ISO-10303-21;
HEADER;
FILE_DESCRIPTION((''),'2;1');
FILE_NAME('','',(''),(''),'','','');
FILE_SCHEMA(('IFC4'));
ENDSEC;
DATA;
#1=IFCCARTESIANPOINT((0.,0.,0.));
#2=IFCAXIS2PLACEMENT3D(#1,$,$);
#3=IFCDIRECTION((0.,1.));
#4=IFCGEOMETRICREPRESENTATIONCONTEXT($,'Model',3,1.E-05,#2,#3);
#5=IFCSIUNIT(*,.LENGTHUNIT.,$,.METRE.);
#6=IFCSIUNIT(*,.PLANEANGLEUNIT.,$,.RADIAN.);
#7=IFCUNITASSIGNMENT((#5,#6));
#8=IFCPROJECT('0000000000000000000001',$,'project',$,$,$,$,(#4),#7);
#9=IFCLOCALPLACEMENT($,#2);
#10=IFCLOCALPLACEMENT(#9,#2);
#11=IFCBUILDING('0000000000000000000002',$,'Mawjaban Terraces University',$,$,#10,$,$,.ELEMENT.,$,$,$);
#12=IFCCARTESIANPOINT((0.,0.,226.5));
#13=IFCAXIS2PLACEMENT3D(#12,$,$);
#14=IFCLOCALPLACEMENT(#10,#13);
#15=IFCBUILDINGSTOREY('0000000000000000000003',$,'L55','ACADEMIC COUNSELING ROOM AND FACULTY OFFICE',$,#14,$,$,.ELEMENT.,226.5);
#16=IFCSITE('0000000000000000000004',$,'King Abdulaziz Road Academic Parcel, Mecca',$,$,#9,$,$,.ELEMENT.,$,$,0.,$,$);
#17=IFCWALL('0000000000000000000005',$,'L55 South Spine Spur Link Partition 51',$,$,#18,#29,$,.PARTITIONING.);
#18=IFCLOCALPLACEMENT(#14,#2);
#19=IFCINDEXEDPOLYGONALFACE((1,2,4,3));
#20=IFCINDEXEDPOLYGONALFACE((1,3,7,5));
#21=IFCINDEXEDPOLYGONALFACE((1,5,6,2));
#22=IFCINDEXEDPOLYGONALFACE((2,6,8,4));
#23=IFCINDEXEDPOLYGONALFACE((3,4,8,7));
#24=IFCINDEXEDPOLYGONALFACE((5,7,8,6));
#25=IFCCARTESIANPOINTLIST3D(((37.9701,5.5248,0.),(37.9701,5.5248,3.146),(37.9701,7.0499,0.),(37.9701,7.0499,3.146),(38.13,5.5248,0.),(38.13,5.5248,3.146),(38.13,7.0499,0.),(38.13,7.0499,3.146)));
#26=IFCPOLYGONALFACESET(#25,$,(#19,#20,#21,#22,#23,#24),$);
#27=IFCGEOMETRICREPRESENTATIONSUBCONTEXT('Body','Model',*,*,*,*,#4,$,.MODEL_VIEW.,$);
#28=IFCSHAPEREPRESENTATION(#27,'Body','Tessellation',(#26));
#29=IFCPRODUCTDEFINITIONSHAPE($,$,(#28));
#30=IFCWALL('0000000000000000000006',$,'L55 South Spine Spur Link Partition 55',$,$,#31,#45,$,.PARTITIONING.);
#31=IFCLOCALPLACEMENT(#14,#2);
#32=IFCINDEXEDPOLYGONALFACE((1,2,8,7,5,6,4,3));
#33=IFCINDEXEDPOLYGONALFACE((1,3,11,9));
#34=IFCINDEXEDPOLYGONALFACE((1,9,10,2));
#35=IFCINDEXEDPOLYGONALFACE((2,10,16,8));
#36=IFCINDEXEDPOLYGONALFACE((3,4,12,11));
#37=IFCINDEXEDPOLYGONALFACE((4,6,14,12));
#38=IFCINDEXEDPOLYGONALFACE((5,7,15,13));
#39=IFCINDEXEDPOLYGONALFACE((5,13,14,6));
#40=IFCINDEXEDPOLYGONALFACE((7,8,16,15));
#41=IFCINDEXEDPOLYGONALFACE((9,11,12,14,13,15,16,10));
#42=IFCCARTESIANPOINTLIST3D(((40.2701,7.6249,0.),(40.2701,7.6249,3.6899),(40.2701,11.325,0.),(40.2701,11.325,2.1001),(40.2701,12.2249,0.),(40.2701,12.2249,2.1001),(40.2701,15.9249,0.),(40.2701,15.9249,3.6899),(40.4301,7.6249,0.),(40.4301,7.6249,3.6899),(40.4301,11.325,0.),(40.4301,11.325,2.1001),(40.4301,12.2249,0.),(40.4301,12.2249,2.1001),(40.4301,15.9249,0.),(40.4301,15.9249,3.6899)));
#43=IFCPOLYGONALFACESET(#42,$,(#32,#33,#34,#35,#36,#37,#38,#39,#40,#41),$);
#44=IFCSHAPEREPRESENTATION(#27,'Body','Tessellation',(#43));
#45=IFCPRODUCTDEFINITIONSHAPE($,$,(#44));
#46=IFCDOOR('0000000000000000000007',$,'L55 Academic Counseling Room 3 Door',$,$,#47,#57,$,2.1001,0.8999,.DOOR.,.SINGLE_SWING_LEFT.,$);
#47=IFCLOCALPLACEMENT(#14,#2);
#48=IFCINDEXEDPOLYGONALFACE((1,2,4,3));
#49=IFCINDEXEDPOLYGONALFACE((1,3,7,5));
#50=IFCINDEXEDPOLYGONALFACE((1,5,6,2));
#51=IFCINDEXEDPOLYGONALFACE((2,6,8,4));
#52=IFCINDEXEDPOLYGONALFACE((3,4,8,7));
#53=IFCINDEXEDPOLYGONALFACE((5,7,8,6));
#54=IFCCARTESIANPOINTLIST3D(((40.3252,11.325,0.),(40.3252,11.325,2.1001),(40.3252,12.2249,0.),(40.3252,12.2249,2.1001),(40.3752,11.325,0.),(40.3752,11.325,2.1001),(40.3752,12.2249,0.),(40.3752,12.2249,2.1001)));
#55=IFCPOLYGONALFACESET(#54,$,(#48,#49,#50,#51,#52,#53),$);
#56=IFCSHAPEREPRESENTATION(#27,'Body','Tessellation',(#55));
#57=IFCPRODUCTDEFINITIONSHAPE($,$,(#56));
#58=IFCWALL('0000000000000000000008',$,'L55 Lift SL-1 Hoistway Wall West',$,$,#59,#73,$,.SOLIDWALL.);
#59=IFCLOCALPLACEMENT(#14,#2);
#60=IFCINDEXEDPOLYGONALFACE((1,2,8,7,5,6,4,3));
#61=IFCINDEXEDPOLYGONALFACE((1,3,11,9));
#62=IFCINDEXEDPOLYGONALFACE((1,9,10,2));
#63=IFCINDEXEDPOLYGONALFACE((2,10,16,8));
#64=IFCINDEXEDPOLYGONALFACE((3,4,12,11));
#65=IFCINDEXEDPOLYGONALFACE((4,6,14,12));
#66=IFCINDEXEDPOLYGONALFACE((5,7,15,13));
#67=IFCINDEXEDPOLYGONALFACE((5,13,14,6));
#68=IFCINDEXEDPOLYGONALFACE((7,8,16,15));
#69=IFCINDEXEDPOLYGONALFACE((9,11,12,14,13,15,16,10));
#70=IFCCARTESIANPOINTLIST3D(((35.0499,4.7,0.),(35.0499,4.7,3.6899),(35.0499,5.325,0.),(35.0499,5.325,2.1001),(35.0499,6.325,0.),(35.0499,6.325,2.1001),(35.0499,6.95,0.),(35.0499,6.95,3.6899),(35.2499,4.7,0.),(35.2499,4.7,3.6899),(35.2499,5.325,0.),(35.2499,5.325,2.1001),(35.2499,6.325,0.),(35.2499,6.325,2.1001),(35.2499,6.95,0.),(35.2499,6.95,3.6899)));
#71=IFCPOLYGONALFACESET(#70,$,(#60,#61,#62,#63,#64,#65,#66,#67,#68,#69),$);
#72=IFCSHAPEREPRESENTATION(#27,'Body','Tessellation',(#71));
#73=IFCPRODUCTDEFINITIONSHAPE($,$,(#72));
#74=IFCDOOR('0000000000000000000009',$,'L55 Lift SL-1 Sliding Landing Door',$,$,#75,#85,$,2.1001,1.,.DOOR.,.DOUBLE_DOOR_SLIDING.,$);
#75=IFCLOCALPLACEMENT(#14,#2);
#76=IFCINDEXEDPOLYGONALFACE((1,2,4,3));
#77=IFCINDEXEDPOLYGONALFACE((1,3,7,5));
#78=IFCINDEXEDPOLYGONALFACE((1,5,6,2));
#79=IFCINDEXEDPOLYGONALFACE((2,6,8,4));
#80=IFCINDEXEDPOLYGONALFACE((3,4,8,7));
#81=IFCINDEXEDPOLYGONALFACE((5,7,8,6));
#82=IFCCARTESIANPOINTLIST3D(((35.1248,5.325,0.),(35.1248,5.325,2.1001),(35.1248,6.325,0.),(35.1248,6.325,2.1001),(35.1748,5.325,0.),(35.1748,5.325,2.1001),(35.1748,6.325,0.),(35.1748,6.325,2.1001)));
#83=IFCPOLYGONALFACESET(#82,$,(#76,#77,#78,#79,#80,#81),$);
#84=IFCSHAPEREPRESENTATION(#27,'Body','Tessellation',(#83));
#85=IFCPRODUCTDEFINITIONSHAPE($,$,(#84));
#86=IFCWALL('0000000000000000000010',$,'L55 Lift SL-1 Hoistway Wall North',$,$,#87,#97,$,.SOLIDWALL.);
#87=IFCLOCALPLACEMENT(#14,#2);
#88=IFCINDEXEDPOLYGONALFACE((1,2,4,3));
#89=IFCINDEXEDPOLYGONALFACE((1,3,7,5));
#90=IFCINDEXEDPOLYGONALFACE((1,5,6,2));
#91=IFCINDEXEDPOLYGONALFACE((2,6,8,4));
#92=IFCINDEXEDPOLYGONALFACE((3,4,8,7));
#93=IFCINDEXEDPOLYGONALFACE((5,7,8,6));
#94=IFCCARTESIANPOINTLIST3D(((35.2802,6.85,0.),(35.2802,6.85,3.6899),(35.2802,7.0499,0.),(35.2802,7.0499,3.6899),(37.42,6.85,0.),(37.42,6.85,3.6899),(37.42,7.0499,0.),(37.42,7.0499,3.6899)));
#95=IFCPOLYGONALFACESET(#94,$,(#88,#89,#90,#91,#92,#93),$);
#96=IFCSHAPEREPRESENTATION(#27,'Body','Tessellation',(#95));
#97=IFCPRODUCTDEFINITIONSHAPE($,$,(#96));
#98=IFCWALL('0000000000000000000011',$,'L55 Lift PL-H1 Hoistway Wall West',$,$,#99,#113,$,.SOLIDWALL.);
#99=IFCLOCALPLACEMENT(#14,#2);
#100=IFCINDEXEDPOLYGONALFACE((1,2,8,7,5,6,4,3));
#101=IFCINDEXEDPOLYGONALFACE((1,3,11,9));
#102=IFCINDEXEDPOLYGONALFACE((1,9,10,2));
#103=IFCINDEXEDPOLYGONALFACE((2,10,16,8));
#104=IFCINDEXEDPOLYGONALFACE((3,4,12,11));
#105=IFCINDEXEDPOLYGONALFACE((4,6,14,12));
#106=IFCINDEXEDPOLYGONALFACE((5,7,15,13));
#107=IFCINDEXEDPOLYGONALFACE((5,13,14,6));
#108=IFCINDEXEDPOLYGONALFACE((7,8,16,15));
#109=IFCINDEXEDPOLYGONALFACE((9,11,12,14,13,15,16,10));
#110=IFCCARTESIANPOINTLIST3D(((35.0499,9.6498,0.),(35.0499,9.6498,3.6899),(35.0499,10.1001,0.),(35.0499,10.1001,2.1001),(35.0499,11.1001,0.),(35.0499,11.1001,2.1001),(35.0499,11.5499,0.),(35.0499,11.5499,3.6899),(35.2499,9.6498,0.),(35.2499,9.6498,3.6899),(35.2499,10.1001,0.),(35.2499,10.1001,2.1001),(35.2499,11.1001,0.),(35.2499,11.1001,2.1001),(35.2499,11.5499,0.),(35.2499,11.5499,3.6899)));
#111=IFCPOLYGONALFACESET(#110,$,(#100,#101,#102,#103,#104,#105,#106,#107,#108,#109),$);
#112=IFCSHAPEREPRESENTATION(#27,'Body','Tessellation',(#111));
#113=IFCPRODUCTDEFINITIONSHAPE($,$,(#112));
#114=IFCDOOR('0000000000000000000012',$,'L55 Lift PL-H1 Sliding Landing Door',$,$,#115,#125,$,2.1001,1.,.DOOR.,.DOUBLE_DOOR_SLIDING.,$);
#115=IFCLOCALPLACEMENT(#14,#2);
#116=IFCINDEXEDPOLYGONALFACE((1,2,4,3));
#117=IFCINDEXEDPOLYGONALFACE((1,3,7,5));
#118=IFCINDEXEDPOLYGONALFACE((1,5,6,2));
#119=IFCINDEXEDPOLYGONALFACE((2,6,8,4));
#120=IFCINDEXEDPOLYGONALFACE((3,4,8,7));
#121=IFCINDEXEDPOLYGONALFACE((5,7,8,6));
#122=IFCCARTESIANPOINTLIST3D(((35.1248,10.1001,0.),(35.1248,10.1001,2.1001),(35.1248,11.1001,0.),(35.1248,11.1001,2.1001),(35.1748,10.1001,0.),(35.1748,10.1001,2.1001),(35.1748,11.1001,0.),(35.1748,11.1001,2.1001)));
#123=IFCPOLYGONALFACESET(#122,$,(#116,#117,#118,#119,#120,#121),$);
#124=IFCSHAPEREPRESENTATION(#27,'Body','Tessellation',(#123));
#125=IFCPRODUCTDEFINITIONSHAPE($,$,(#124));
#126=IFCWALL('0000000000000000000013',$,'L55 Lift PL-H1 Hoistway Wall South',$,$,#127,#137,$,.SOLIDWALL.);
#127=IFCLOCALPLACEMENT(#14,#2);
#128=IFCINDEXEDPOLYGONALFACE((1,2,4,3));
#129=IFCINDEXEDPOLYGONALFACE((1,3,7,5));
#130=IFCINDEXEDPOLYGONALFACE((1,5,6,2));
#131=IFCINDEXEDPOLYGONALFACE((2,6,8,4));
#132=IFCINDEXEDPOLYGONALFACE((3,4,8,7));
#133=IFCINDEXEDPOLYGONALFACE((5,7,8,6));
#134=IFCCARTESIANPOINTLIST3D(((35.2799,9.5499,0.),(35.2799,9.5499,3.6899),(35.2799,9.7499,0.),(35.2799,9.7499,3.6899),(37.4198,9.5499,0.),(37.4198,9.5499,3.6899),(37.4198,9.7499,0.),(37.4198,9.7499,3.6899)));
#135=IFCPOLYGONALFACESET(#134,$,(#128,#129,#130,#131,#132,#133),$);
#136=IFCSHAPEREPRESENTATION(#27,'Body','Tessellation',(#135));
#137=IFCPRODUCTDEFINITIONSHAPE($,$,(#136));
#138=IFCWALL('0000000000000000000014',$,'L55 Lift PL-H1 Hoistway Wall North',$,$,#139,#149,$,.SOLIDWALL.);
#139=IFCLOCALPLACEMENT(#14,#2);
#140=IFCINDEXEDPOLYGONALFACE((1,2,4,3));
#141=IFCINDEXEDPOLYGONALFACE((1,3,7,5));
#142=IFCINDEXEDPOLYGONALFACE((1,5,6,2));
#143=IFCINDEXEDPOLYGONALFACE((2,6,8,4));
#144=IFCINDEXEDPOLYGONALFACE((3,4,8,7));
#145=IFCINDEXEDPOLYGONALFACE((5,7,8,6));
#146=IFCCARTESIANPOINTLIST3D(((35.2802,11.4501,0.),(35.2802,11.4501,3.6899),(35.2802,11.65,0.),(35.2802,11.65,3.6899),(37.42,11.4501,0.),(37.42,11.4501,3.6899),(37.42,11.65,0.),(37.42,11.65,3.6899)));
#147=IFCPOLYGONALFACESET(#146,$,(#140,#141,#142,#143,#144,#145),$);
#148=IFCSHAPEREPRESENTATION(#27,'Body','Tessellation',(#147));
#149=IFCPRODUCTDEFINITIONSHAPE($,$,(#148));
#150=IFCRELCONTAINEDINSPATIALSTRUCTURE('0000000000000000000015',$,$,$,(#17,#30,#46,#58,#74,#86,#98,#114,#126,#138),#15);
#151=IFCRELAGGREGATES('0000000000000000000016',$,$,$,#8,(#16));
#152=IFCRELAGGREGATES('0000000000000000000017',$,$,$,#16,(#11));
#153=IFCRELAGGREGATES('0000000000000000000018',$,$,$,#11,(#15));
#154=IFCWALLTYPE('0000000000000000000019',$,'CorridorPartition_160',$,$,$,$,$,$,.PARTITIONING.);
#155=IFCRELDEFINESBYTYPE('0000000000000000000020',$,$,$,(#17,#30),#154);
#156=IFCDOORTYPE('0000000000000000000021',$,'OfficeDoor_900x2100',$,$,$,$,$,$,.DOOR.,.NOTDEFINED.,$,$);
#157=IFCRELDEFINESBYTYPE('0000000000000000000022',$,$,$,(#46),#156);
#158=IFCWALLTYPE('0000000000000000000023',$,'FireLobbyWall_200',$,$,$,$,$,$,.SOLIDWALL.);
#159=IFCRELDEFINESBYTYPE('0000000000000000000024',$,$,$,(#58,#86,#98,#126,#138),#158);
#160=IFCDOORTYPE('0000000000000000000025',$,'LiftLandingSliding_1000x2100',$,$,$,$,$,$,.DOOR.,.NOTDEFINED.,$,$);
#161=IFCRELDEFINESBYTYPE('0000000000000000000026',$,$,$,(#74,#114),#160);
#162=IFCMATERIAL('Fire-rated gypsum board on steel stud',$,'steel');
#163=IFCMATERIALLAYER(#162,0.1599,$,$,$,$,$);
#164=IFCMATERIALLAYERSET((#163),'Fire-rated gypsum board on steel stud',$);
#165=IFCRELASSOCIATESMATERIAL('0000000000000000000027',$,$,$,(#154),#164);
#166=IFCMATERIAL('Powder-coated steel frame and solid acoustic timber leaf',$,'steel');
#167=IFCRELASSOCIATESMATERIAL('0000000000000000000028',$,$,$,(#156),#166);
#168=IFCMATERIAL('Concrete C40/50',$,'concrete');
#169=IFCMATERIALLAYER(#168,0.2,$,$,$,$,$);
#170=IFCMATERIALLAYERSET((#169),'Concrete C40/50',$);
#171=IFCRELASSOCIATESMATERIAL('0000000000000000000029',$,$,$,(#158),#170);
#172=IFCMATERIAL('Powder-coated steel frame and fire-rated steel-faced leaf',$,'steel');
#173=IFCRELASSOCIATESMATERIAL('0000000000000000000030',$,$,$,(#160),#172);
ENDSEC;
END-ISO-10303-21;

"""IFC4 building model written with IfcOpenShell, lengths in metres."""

from ifc_helpers import new_model, si_unit, direction, frame, frame_2d, origin, place, context, subcontext, project, spatial, rectangle, extrude, material, layer, layer_set, type_object, element, fill, save


model = new_model("IFC4")

# Units and contexts
model_context = context("Model", 3, precision=1e-05, world=origin(), true_north=direction((0.0, 1.0)))
body_context = subcontext(model_context, "Body", "Model", "MODEL_VIEW")
ifc_project = project(units=[si_unit("LENGTHUNIT", "METRE"), si_unit("PLANEANGLEUNIT", "RADIAN")], contexts=[model_context])

# Site, building, storey
site_placement = place(None, origin())
site = spatial("IfcSite", under=ifc_project, at=site_placement, Name="King Abdulaziz Road Academic Parcel, Mecca", CompositionType="ELEMENT", RefElevation=0.0)
building_placement = place(site_placement, origin())
building = spatial("IfcBuilding", under=site, at=building_placement, Name="Mawjaban Terraces University", CompositionType="ELEMENT")
storey_placement = place(building_placement, frame((0.0, 0.0, 226.5)))
storey = spatial("IfcBuildingStorey", under=building, at=storey_placement, Name="L55", Description="ACADEMIC COUNSELING ROOM AND FACULTY OFFICE", CompositionType="ELEMENT", Elevation=226.5)

# Shared definitions
ifc_material_1 = material(Name="Fire-rated gypsum board on steel stud", Category="steel")
ifc_layer_1 = layer(ifc_material_1, 0.1599)
ifc_layer_set_1 = layer_set([ifc_layer_1], Name="Fire-rated gypsum board on steel stud")
wall_type_1 = type_object("IfcWallType", Name="CorridorPartition_160", PredefinedType="PARTITIONING", material=ifc_layer_set_1)
ifc_material_2 = material(Name="Powder-coated steel frame and solid acoustic timber leaf", Category="steel")
door_type_1 = type_object("IfcDoorType", Name="OfficeDoor_900x2100", OperationType="NOTDEFINED", PredefinedType="DOOR", material=ifc_material_2)

# Wall
wall_1_placement = place(storey_placement, frame((38.05, 7.05, 0.0), z_axis=(0.0, 0.0, 1.0), x_axis=(0.0, -1.0, 0.0)))
element("IfcWall", 1, at=wall_1_placement, inside=storey, type_object=wall_type_1, Name="L55 South Spine Spur Link Partition 51", PredefinedType="PARTITIONING", context=body_context, shape_type="SweptSolid", body=[
    extrude(rectangle(XDim=1.5251, YDim=0.1599, at=frame_2d((0.7627, 0.0))), origin(), (0.0, 0.0, 1.0), 3.146),
])

# Walls, openings, doors
wall_2_placement = place(storey_placement, frame((40.3501, 7.625, 0.0), z_axis=(0.0, 0.0, 1.0), x_axis=(0.0, 1.0, 0.0)))
wall_2 = element("IfcWall", 2, at=wall_2_placement, inside=storey, type_object=wall_type_1, Name="L55 South Spine Spur Link Partition 55", PredefinedType="PARTITIONING", context=body_context, shape_type="SweptSolid", body=[
    extrude(rectangle(XDim=8.3, YDim=0.1599, at=frame_2d((4.1499, 0.0))), origin(), (0.0, 0.0, 1.0), 3.6899),
])
opening_1_placement = place(wall_2_placement, frame((3.7, 0.0, 0.0)))
opening_1 = element("IfcOpeningElement", 3, at=opening_1_placement, cuts=wall_2, PredefinedType="OPENING", context=body_context, shape_type="SweptSolid", body=[
    extrude(rectangle(XDim=0.8999, YDim=2.1001, at=frame_2d((0.45, 1.05))), frame((0.0, 0.0898, 0.0), z_axis=(0.0, -1.0, 0.0), x_axis=(1.0, 0.0, 0.0)), (0.0, 0.0, 1.0), 0.1799),
])
door_1_placement = place(opening_1_placement, origin())
door_1 = element("IfcDoor", 4, at=door_1_placement, inside=storey, type_object=door_type_1, Name="L55 Academic Counseling Room 3 Door", OperationType="SINGLE_SWING_LEFT", OverallHeight=2.1001, OverallWidth=0.8999, PredefinedType="DOOR", context=body_context, shape_type="SweptSolid", body=[
    extrude(rectangle(XDim=0.8999, YDim=2.1001, at=frame_2d((0.45, 1.05))), frame((0.0, 0.0249, 0.0), z_axis=(0.0, -1.0, 0.0), x_axis=(1.0, 0.0, 0.0)), (0.0, 0.0, 1.0), 0.05),
])
fill(opening_1, door_1)
ifc_material_3 = material(Name="Concrete C40/50", Category="concrete")
ifc_layer_2 = layer(ifc_material_3, 0.2)
ifc_layer_set_2 = layer_set([ifc_layer_2], Name="Concrete C40/50")
wall_type_2 = type_object("IfcWallType", Name="FireLobbyWall_200", PredefinedType="SOLIDWALL", material=ifc_layer_set_2)
wall_3_placement = place(storey_placement, frame((35.1499, 6.95, 0.0), z_axis=(0.0, 0.0, 1.0), x_axis=(0.0, -1.0, 0.0)))
wall_3 = element("IfcWall", 5, at=wall_3_placement, inside=storey, type_object=wall_type_2, Name="L55 Lift SL-1 Hoistway Wall West", PredefinedType="SOLIDWALL", context=body_context, shape_type="SweptSolid", body=[
    extrude(rectangle(XDim=2.25, YDim=0.2, at=frame_2d((1.125, 0.0))), origin(), (0.0, 0.0, 1.0), 3.6899),
])
opening_2_placement = place(wall_3_placement, frame((0.625, 0.0, 0.0)))
opening_2 = element("IfcOpeningElement", 6, at=opening_2_placement, cuts=wall_3, PredefinedType="OPENING", context=body_context, shape_type="SweptSolid", body=[
    extrude(rectangle(XDim=1.0, YDim=2.1001, at=frame_2d((0.5, 1.05))), frame((0.0, 0.1099, 0.0), z_axis=(0.0, -1.0, 0.0), x_axis=(1.0, 0.0, 0.0)), (0.0, 0.0, 1.0), 0.22),
])
ifc_material_4 = material(Name="Powder-coated steel frame and fire-rated steel-faced leaf", Category="steel")
door_type_2 = type_object("IfcDoorType", Name="LiftLandingSliding_1000x2100", OperationType="NOTDEFINED", PredefinedType="DOOR", material=ifc_material_4)
door_2_placement = place(opening_2_placement, origin())
door_2 = element("IfcDoor", 7, at=door_2_placement, inside=storey, type_object=door_type_2, Name="L55 Lift SL-1 Sliding Landing Door", OperationType="DOUBLE_DOOR_SLIDING", OverallHeight=2.1001, OverallWidth=1.0, PredefinedType="DOOR", context=body_context, shape_type="SweptSolid", body=[
    extrude(rectangle(XDim=1.0, YDim=2.1001, at=frame_2d((0.5, 1.05))), frame((0.0, 0.0249, 0.0), z_axis=(0.0, -1.0, 0.0), x_axis=(1.0, 0.0, 0.0)), (0.0, 0.0, 1.0), 0.05),
])
fill(opening_2, door_2)

# Wall
wall_4_placement = place(storey_placement, frame((37.4199, 6.95, 0.0), z_axis=(0.0, 0.0, 1.0), x_axis=(-1.0, 0.0, 0.0)))
element("IfcWall", 8, at=wall_4_placement, inside=storey, type_object=wall_type_2, Name="L55 Lift SL-1 Hoistway Wall North", PredefinedType="SOLIDWALL", context=body_context, shape_type="SweptSolid", body=[
    extrude(rectangle(XDim=2.1399, YDim=0.2, at=frame_2d((1.0698, 0.0))), origin(), (0.0, 0.0, 1.0), 3.6899),
])

# Wall, opening, door
wall_5_placement = place(storey_placement, frame((35.1499, 11.55, 0.0), z_axis=(0.0, 0.0, 1.0), x_axis=(0.0, -1.0, 0.0)))
wall_5 = element("IfcWall", 9, at=wall_5_placement, inside=storey, type_object=wall_type_2, Name="L55 Lift PL-H1 Hoistway Wall West", PredefinedType="SOLIDWALL", context=body_context, shape_type="SweptSolid", body=[
    extrude(rectangle(XDim=1.9001, YDim=0.2, at=frame_2d((0.9502, 0.0))), origin(), (0.0, 0.0, 1.0), 3.6899),
])
opening_3_placement = place(wall_5_placement, frame((0.45, 0.0, 0.0)))
opening_3 = element("IfcOpeningElement", 10, at=opening_3_placement, cuts=wall_5, PredefinedType="OPENING", context=body_context, shape_type="SweptSolid", body=[
    extrude(rectangle(XDim=1.0, YDim=2.1001, at=frame_2d((0.5, 1.05))), frame((0.0, 0.1099, 0.0), z_axis=(0.0, -1.0, 0.0), x_axis=(1.0, 0.0, 0.0)), (0.0, 0.0, 1.0), 0.22),
])
door_3_placement = place(opening_3_placement, origin())
door_3 = element("IfcDoor", 11, at=door_3_placement, inside=storey, type_object=door_type_2, Name="L55 Lift PL-H1 Sliding Landing Door", OperationType="DOUBLE_DOOR_SLIDING", OverallHeight=2.1001, OverallWidth=1.0, PredefinedType="DOOR", context=body_context, shape_type="SweptSolid", body=[
    extrude(rectangle(XDim=1.0, YDim=2.1001, at=frame_2d((0.5, 1.05))), frame((0.0, 0.0249, 0.0), z_axis=(0.0, -1.0, 0.0), x_axis=(1.0, 0.0, 0.0)), (0.0, 0.0, 1.0), 0.05),
])
fill(opening_3, door_3)

# Walls
for number, where, z_axis, x_axis, name in (
    (12, (35.28, 9.6499, 0.0), (0.0, 0.0, 1.0), (1.0, 0.0, 0.0), "L55 Lift PL-H1 Hoistway Wall South"),
    (13, (37.4199, 11.55, 0.0), (0.0, 0.0, 1.0), (-1.0, 0.0, 0.0), "L55 Lift PL-H1 Hoistway Wall North"),
):
    element("IfcWall", number, at=place(storey_placement, frame(where, z_axis=z_axis, x_axis=x_axis)), inside=storey, type_object=wall_type_2, Name=name, PredefinedType="SOLIDWALL", context=body_context, shape_type="SweptSolid", body=[
        extrude(rectangle(XDim=2.1399, YDim=0.2, at=frame_2d((1.0698, 0.0))), origin(), (0.0, 0.0, 1.0), 3.6899),
    ])

save(model, "model.ifc")
